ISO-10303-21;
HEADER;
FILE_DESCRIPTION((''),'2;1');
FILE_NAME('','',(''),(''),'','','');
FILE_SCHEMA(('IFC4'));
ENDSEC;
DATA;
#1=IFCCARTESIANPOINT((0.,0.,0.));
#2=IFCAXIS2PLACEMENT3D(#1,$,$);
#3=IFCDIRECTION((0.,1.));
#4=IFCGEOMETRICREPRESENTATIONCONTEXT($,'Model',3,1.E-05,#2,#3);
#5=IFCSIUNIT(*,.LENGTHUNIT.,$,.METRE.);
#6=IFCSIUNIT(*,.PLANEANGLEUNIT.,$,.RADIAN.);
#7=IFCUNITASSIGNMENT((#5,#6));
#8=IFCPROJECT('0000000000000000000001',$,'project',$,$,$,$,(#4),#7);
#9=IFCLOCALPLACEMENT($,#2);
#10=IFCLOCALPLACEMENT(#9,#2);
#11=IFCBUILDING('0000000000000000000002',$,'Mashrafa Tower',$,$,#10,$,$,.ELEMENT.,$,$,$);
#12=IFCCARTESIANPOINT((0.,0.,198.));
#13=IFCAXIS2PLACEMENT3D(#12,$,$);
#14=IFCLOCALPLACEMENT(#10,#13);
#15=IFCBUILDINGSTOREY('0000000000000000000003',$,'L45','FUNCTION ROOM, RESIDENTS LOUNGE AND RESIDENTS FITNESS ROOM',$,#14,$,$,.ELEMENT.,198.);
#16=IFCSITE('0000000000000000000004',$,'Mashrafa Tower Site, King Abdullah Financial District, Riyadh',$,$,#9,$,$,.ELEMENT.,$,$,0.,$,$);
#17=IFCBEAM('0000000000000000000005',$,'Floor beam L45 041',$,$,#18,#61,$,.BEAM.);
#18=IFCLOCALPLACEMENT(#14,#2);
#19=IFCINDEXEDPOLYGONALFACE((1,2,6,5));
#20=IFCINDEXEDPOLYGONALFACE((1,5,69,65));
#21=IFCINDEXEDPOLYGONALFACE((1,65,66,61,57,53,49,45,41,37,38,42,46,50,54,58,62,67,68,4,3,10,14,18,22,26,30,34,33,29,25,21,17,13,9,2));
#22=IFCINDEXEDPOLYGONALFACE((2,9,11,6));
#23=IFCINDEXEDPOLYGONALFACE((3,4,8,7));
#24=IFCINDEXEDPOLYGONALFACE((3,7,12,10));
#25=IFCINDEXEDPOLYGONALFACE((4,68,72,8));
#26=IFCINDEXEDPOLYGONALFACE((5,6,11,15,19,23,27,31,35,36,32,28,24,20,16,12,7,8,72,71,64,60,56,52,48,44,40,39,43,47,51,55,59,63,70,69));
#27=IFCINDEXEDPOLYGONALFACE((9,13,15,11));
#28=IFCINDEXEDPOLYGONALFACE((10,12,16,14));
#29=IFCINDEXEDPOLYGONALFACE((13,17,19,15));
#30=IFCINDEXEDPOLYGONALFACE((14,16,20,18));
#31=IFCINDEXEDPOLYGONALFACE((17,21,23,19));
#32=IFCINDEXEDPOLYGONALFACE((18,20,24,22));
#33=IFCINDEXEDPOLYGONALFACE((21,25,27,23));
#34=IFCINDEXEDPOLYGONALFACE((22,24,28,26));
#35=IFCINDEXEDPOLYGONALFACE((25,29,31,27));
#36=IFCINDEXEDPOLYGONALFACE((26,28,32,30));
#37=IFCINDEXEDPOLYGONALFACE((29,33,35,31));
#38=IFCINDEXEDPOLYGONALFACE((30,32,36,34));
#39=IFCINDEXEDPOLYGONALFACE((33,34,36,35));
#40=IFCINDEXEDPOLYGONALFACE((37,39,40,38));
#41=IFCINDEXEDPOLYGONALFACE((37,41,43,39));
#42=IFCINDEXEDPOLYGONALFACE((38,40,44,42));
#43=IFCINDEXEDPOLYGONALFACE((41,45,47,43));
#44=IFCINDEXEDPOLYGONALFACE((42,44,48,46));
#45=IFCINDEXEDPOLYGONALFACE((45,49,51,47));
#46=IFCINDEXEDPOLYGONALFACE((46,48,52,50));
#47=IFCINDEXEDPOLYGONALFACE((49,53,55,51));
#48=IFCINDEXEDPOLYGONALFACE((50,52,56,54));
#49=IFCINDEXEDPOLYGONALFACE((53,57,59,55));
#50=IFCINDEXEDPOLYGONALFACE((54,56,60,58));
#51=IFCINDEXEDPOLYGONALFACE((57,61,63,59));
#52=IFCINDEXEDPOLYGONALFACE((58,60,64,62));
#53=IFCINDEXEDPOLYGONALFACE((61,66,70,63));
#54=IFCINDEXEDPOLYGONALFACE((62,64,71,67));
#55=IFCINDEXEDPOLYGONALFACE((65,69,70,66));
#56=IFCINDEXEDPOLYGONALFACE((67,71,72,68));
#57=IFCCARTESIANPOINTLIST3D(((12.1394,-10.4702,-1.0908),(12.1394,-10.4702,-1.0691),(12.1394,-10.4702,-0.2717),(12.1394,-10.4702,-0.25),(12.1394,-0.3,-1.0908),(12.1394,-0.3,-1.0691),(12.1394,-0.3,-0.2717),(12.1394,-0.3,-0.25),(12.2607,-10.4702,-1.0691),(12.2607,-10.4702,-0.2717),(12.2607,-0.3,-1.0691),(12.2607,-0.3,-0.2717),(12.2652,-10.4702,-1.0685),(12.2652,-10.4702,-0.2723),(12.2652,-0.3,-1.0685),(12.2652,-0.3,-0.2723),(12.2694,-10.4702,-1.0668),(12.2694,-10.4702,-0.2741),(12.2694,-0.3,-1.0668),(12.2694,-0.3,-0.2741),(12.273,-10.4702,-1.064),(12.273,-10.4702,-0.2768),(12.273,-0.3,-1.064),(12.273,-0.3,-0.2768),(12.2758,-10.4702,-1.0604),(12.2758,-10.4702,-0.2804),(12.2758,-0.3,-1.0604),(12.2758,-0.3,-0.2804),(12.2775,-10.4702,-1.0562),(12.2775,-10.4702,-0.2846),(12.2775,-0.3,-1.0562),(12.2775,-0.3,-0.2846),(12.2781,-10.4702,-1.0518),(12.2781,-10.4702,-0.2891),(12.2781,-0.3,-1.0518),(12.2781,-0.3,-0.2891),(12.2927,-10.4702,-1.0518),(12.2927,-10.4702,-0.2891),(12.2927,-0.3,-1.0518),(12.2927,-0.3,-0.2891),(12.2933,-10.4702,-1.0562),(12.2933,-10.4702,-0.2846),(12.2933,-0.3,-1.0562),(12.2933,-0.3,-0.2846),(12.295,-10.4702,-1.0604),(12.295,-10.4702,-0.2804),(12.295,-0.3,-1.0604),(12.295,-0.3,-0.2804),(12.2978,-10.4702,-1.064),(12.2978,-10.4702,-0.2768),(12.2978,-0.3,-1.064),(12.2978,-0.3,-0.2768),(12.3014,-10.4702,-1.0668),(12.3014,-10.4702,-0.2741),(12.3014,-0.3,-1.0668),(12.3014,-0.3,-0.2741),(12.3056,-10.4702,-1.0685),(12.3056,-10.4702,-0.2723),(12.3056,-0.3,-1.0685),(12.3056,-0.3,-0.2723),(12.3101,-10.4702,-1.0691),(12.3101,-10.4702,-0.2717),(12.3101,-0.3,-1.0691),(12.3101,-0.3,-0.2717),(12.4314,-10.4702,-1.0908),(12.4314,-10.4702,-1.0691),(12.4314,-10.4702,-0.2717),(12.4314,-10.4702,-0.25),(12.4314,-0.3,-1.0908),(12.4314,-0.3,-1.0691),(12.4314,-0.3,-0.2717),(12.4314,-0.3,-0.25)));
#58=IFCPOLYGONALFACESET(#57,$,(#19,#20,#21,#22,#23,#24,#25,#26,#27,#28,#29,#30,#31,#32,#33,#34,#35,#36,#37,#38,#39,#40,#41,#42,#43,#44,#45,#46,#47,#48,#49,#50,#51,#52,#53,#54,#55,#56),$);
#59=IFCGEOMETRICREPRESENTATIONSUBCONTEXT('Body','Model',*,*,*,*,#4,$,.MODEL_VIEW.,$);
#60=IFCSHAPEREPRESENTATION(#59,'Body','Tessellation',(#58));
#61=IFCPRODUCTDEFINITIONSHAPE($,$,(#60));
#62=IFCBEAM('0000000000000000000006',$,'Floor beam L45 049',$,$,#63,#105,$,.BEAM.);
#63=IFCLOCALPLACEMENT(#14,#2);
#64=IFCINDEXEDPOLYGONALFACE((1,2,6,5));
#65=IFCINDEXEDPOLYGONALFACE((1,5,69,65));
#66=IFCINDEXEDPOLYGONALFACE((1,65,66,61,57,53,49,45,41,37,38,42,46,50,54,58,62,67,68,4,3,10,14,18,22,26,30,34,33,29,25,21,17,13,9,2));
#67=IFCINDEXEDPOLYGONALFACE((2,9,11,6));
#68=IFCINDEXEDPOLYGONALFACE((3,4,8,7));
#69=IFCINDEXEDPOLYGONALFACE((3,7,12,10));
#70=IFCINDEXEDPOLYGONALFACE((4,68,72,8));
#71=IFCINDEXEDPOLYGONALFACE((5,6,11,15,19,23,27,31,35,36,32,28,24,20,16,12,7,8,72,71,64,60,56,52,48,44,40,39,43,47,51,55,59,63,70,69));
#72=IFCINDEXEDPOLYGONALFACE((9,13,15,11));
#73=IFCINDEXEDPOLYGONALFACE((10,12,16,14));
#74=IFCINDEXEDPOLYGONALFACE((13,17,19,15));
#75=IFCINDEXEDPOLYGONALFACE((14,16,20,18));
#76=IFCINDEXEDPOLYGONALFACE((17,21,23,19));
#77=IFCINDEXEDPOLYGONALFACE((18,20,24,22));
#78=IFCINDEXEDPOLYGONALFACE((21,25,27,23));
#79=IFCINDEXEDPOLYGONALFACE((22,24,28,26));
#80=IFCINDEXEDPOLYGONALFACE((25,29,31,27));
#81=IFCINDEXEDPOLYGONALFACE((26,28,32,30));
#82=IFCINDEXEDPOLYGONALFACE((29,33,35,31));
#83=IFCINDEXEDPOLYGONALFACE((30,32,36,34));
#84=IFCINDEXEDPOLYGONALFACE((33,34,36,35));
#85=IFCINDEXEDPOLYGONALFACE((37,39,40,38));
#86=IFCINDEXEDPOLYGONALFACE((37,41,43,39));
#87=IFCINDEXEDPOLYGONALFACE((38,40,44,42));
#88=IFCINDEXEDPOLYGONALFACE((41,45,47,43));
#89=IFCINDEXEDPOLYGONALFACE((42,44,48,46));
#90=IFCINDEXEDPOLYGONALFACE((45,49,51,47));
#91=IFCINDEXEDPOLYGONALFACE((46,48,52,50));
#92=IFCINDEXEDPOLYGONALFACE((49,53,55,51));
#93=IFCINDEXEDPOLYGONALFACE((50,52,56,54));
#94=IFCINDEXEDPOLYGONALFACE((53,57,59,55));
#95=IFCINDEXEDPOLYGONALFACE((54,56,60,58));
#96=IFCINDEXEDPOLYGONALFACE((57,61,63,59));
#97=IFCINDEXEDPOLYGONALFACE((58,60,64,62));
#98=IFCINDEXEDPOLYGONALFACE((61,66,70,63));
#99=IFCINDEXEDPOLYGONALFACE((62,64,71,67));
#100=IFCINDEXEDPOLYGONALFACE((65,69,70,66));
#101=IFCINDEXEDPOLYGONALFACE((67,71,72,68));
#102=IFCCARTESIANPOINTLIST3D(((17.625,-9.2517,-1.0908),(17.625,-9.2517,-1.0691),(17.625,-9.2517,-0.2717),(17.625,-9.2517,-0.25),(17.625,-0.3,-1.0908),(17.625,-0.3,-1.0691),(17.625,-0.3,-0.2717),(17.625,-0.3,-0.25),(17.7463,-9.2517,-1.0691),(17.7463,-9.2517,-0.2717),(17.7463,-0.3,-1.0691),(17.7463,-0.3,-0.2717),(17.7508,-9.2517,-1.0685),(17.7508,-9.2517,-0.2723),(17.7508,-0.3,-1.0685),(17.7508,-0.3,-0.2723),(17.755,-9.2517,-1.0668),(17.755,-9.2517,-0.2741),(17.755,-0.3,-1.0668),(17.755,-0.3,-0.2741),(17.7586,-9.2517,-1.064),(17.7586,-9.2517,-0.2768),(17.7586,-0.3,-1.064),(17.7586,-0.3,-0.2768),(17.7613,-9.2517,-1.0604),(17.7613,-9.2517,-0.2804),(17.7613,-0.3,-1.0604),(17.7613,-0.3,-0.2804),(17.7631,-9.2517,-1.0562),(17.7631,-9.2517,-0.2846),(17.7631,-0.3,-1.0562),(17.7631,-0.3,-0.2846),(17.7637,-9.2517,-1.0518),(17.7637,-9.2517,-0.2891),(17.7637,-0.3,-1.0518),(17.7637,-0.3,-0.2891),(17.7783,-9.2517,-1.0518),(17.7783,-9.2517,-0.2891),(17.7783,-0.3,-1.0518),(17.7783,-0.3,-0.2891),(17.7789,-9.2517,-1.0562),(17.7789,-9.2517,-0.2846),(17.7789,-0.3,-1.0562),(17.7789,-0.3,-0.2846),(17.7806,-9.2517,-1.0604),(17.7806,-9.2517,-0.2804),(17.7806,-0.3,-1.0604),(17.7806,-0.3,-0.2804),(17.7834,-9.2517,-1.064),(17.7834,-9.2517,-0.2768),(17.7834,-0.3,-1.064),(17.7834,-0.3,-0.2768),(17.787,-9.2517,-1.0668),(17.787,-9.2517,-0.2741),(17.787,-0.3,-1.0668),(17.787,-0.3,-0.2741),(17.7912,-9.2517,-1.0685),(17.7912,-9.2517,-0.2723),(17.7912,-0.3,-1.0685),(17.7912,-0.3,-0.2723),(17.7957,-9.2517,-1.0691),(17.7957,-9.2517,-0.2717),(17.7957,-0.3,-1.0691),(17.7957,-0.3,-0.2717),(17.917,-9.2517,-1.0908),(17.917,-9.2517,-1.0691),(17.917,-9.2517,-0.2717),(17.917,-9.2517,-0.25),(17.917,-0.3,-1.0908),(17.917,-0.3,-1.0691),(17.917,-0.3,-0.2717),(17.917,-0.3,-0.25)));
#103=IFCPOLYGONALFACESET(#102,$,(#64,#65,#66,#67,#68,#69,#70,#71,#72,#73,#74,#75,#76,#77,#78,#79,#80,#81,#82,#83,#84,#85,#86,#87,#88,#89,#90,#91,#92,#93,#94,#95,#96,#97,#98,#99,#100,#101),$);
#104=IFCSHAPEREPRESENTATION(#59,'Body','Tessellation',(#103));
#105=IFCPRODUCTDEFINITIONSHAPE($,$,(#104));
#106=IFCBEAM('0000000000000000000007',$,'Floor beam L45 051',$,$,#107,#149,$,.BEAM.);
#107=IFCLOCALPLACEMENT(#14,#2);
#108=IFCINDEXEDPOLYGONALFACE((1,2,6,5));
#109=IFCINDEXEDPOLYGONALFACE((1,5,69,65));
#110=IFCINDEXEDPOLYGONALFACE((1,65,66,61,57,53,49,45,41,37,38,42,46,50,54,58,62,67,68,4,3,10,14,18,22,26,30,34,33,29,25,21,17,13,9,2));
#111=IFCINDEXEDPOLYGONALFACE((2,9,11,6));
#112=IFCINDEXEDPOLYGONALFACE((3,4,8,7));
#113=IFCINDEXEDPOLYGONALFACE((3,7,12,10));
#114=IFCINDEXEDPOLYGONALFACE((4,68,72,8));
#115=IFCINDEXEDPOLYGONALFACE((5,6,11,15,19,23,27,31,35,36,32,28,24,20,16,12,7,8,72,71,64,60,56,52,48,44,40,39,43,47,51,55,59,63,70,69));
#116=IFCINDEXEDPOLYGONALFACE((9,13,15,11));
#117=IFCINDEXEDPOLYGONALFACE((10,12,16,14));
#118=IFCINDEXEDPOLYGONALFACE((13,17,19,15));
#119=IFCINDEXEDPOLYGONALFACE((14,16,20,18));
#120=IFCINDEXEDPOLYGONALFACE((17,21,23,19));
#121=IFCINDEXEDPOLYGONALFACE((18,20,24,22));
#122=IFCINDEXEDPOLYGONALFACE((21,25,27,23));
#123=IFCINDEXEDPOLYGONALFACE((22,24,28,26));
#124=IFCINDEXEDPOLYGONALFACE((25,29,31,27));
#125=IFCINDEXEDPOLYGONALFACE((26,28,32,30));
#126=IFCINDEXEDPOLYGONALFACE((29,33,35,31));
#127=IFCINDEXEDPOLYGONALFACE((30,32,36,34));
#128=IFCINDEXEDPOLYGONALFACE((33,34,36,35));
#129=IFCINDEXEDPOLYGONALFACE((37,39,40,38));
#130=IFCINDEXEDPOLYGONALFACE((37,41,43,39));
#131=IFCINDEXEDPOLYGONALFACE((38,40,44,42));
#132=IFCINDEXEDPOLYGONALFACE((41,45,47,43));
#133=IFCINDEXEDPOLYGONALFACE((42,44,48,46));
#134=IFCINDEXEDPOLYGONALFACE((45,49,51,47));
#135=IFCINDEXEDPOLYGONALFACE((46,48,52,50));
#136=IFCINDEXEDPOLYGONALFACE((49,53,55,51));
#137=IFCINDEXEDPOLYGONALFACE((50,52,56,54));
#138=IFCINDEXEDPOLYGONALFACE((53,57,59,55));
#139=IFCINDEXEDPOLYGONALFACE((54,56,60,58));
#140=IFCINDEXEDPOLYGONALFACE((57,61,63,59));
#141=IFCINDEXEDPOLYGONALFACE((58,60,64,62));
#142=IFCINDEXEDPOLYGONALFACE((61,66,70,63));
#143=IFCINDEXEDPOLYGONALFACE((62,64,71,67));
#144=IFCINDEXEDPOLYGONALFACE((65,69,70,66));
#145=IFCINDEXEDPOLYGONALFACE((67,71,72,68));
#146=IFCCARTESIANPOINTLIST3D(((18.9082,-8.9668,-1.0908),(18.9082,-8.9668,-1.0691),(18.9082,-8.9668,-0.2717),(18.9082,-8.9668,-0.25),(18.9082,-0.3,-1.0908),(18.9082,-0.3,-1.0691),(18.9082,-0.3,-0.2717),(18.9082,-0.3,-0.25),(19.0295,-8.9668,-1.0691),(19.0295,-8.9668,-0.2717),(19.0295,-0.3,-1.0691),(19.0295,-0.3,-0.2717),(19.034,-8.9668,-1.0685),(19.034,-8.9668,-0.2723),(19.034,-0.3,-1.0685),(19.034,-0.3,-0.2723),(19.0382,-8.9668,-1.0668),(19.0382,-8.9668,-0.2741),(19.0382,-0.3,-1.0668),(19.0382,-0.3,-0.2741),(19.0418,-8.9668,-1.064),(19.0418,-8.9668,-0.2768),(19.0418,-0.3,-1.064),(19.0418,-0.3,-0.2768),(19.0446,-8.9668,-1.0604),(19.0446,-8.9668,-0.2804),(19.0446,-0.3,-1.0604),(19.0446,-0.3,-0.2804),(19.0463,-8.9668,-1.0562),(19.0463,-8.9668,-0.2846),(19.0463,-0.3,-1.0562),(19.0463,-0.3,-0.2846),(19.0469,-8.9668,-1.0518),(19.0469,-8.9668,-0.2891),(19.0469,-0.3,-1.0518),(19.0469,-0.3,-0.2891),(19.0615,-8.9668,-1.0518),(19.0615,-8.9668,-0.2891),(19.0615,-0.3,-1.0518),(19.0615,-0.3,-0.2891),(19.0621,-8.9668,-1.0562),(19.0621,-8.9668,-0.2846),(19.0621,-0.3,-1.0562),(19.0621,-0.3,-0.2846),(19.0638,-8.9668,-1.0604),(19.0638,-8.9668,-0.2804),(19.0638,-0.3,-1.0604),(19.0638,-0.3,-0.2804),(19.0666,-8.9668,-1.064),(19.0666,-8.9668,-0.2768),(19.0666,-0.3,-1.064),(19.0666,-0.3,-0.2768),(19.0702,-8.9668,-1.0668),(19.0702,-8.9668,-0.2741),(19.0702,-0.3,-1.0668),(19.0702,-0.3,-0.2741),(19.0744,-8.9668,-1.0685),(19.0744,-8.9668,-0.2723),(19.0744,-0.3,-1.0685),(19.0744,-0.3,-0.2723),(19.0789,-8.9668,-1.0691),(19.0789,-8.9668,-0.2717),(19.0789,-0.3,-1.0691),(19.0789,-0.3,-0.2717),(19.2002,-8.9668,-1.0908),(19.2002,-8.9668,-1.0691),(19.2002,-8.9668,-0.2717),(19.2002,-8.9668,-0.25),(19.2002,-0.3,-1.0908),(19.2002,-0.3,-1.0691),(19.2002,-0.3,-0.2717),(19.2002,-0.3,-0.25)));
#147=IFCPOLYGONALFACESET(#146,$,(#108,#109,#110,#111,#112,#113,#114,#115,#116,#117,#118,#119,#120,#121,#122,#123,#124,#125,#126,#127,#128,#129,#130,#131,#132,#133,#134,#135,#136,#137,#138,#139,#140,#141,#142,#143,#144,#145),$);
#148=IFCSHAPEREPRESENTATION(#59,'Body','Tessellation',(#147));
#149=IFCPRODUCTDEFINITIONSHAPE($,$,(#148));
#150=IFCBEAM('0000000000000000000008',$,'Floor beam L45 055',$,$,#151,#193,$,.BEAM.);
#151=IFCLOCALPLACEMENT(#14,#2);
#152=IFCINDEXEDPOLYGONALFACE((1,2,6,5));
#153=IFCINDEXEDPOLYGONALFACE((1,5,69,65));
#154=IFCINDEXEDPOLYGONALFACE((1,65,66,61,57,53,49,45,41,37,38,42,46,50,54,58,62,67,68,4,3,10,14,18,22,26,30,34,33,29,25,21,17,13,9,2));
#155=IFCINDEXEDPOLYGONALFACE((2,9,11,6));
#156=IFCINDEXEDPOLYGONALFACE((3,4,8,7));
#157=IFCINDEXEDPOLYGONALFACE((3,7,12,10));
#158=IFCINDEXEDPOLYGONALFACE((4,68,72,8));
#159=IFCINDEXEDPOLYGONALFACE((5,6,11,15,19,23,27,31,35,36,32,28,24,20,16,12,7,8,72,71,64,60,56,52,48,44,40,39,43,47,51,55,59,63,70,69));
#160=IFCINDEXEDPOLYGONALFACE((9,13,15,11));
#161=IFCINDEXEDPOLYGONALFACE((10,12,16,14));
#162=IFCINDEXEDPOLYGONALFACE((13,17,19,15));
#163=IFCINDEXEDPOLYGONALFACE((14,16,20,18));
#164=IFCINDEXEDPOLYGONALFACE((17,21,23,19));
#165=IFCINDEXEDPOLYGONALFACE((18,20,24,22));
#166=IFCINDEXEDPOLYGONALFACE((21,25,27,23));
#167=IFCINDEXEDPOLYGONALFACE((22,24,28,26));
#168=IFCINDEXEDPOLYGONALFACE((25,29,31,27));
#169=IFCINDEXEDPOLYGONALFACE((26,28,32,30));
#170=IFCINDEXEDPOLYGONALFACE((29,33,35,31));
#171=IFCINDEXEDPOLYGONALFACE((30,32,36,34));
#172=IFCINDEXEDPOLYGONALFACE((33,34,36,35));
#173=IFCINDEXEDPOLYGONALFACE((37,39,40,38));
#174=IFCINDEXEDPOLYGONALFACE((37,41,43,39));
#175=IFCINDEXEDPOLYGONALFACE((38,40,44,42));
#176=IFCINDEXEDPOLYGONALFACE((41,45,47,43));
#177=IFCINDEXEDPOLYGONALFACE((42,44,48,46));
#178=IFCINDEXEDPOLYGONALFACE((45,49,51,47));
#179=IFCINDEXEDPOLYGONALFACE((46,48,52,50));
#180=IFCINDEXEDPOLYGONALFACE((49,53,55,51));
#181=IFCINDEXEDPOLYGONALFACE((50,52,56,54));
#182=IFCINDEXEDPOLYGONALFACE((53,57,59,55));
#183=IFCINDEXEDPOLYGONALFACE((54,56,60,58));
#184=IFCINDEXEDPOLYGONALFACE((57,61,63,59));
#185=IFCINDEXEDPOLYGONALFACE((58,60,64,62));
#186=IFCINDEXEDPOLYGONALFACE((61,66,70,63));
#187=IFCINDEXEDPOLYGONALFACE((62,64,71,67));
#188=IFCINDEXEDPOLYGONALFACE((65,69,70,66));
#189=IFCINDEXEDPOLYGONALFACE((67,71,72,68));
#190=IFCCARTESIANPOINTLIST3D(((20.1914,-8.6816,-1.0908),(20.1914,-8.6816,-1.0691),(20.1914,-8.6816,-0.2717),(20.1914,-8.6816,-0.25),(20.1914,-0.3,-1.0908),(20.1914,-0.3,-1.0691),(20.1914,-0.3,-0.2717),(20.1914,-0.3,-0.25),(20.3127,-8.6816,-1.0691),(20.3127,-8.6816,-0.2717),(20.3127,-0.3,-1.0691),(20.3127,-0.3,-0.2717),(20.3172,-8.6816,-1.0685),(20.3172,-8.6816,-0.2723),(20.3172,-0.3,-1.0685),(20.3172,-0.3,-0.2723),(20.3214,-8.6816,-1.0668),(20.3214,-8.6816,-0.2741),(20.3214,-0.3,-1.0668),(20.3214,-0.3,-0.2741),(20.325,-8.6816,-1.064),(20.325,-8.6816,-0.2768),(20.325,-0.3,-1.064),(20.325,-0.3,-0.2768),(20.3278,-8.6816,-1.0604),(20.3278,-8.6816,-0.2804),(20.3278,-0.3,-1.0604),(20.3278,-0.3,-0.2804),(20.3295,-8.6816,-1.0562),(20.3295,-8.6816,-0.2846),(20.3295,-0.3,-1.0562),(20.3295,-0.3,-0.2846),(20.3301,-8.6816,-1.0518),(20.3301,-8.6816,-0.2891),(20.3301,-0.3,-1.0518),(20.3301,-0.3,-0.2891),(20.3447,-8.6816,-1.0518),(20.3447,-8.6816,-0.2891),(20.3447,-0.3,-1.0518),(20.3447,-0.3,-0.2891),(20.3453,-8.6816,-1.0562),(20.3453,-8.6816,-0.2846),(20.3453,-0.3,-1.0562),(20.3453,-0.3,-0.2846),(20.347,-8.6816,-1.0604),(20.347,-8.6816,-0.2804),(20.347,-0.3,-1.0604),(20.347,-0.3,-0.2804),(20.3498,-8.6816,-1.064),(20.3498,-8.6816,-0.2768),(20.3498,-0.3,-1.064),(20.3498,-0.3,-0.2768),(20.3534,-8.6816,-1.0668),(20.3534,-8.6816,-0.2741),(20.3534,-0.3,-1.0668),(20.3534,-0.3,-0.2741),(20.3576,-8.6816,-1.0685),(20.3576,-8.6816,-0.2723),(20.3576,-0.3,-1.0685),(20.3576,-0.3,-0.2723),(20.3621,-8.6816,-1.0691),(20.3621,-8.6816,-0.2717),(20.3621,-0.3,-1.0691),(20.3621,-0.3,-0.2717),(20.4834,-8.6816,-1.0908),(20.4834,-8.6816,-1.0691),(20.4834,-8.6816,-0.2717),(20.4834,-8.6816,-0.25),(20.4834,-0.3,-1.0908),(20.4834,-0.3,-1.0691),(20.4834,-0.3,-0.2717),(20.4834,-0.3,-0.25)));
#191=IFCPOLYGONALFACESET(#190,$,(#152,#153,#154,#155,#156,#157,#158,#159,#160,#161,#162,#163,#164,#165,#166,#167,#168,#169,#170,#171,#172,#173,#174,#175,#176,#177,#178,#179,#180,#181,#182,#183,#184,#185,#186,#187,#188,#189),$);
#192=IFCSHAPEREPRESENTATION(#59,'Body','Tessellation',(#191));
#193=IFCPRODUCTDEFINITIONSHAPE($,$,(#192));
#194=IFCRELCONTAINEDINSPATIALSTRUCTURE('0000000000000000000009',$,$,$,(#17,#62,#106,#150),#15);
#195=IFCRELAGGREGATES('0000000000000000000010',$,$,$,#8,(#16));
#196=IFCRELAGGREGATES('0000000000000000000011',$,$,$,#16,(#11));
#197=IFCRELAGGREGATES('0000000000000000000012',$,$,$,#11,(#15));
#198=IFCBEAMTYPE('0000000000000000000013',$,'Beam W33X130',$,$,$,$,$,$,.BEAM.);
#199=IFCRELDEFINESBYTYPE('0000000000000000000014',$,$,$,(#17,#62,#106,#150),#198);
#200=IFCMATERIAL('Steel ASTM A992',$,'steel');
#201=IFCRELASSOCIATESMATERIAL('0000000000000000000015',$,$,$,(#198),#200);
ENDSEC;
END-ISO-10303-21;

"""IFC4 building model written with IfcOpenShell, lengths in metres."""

from ifc_helpers import new_model, si_unit, direction, frame, origin, origin_2d, place, context, subcontext, project, spatial, i_section, extrude, material, material_profile, profile_set, type_object, element, save


model = new_model("IFC4")

# Units and contexts
model_context = context("Model", 3, precision=1e-05, world=origin(), true_north=direction((0.0, 1.0)))
body_context = subcontext(model_context, "Body", "Model", "MODEL_VIEW")
ifc_project = project(units=[si_unit("LENGTHUNIT", "METRE"), si_unit("PLANEANGLEUNIT", "RADIAN")], contexts=[model_context])

# Site, building, storey
site_placement = place(None, origin())
site = spatial("IfcSite", under=ifc_project, at=site_placement, Name="Mashrafa Tower Site, King Abdullah Financial District, Riyadh", CompositionType="ELEMENT", RefElevation=0.0)
building_placement = place(site_placement, origin())
building = spatial("IfcBuilding", under=site, at=building_placement, Name="Mashrafa Tower", CompositionType="ELEMENT")
storey_placement = place(building_placement, frame((0.0, 0.0, 198.0)))
storey = spatial("IfcBuildingStorey", under=building, at=storey_placement, Name="L45", Description="FUNCTION ROOM, RESIDENTS LOUNGE AND RESIDENTS FITNESS ROOM", CompositionType="ELEMENT", Elevation=198.0)

# Beams
ifc_material_1 = material(Name="Steel ASTM A992", Category="steel")
ifc_material_profile_1 = material_profile(ifc_material_1, i_section(OverallWidth=0.292, OverallDepth=0.8408, WebThickness=0.0146, FlangeThickness=0.0217, FilletRadius=0.0173, at=origin_2d()), Name="W33X130")
ifc_profile_set_1 = profile_set([ifc_material_profile_1], Name="Steel ASTM A992")
beam_type_1 = type_object("IfcBeamType", Name="Beam W33X130", PredefinedType="BEAM", material=ifc_profile_set_1)
beam_1_placement = place(storey_placement, frame((12.2854, -0.3, -0.6704), z_axis=(0.0, -1.0, 0.0), x_axis=(1.0, 0.0, 0.0)))
element("IfcBeam", 1, at=beam_1_placement, inside=storey, type_object=beam_type_1, Name="Floor beam L45 041", PredefinedType="BEAM", context=body_context, shape_type="SweptSolid", body=[
    extrude(i_section(OverallWidth=0.292, OverallDepth=0.8408, WebThickness=0.0146, FlangeThickness=0.0217, FilletRadius=0.0173, at=origin_2d()), origin(), (0.0, 0.0, 1.0), 10.1702),
])
beam_2_placement = place(storey_placement, frame((17.771, -0.3, -0.6704), z_axis=(0.0, -1.0, 0.0), x_axis=(1.0, 0.0, 0.0)))
element("IfcBeam", 2, at=beam_2_placement, inside=storey, type_object=beam_type_1, Name="Floor beam L45 049", PredefinedType="BEAM", context=body_context, shape_type="SweptSolid", body=[
    extrude(i_section(OverallWidth=0.292, OverallDepth=0.8408, WebThickness=0.0146, FlangeThickness=0.0217, FilletRadius=0.0173, at=origin_2d()), origin(), (0.0, 0.0, 1.0), 8.9517),
])
beam_3_placement = place(storey_placement, frame((19.0542, -0.3, -0.6704), z_axis=(0.0, -1.0, 0.0), x_axis=(1.0, 0.0, 0.0)))
element("IfcBeam", 3, at=beam_3_placement, inside=storey, type_object=beam_type_1, Name="Floor beam L45 051", PredefinedType="BEAM", context=body_context, shape_type="SweptSolid", body=[
    extrude(i_section(OverallWidth=0.292, OverallDepth=0.8408, WebThickness=0.0146, FlangeThickness=0.0217, FilletRadius=0.0173, at=origin_2d()), origin(), (0.0, 0.0, 1.0), 8.6667),
])
beam_4_placement = place(storey_placement, frame((20.3374, -0.3, -0.6704), z_axis=(0.0, -1.0, 0.0), x_axis=(1.0, 0.0, 0.0)))
element("IfcBeam", 4, at=beam_4_placement, inside=storey, type_object=beam_type_1, Name="Floor beam L45 055", PredefinedType="BEAM", context=body_context, shape_type="SweptSolid", body=[
    extrude(i_section(OverallWidth=0.292, OverallDepth=0.8408, WebThickness=0.0146, FlangeThickness=0.0217, FilletRadius=0.0173, at=origin_2d()), origin(), (0.0, 0.0, 1.0), 8.3816),
])

save(model, "model.ifc")
